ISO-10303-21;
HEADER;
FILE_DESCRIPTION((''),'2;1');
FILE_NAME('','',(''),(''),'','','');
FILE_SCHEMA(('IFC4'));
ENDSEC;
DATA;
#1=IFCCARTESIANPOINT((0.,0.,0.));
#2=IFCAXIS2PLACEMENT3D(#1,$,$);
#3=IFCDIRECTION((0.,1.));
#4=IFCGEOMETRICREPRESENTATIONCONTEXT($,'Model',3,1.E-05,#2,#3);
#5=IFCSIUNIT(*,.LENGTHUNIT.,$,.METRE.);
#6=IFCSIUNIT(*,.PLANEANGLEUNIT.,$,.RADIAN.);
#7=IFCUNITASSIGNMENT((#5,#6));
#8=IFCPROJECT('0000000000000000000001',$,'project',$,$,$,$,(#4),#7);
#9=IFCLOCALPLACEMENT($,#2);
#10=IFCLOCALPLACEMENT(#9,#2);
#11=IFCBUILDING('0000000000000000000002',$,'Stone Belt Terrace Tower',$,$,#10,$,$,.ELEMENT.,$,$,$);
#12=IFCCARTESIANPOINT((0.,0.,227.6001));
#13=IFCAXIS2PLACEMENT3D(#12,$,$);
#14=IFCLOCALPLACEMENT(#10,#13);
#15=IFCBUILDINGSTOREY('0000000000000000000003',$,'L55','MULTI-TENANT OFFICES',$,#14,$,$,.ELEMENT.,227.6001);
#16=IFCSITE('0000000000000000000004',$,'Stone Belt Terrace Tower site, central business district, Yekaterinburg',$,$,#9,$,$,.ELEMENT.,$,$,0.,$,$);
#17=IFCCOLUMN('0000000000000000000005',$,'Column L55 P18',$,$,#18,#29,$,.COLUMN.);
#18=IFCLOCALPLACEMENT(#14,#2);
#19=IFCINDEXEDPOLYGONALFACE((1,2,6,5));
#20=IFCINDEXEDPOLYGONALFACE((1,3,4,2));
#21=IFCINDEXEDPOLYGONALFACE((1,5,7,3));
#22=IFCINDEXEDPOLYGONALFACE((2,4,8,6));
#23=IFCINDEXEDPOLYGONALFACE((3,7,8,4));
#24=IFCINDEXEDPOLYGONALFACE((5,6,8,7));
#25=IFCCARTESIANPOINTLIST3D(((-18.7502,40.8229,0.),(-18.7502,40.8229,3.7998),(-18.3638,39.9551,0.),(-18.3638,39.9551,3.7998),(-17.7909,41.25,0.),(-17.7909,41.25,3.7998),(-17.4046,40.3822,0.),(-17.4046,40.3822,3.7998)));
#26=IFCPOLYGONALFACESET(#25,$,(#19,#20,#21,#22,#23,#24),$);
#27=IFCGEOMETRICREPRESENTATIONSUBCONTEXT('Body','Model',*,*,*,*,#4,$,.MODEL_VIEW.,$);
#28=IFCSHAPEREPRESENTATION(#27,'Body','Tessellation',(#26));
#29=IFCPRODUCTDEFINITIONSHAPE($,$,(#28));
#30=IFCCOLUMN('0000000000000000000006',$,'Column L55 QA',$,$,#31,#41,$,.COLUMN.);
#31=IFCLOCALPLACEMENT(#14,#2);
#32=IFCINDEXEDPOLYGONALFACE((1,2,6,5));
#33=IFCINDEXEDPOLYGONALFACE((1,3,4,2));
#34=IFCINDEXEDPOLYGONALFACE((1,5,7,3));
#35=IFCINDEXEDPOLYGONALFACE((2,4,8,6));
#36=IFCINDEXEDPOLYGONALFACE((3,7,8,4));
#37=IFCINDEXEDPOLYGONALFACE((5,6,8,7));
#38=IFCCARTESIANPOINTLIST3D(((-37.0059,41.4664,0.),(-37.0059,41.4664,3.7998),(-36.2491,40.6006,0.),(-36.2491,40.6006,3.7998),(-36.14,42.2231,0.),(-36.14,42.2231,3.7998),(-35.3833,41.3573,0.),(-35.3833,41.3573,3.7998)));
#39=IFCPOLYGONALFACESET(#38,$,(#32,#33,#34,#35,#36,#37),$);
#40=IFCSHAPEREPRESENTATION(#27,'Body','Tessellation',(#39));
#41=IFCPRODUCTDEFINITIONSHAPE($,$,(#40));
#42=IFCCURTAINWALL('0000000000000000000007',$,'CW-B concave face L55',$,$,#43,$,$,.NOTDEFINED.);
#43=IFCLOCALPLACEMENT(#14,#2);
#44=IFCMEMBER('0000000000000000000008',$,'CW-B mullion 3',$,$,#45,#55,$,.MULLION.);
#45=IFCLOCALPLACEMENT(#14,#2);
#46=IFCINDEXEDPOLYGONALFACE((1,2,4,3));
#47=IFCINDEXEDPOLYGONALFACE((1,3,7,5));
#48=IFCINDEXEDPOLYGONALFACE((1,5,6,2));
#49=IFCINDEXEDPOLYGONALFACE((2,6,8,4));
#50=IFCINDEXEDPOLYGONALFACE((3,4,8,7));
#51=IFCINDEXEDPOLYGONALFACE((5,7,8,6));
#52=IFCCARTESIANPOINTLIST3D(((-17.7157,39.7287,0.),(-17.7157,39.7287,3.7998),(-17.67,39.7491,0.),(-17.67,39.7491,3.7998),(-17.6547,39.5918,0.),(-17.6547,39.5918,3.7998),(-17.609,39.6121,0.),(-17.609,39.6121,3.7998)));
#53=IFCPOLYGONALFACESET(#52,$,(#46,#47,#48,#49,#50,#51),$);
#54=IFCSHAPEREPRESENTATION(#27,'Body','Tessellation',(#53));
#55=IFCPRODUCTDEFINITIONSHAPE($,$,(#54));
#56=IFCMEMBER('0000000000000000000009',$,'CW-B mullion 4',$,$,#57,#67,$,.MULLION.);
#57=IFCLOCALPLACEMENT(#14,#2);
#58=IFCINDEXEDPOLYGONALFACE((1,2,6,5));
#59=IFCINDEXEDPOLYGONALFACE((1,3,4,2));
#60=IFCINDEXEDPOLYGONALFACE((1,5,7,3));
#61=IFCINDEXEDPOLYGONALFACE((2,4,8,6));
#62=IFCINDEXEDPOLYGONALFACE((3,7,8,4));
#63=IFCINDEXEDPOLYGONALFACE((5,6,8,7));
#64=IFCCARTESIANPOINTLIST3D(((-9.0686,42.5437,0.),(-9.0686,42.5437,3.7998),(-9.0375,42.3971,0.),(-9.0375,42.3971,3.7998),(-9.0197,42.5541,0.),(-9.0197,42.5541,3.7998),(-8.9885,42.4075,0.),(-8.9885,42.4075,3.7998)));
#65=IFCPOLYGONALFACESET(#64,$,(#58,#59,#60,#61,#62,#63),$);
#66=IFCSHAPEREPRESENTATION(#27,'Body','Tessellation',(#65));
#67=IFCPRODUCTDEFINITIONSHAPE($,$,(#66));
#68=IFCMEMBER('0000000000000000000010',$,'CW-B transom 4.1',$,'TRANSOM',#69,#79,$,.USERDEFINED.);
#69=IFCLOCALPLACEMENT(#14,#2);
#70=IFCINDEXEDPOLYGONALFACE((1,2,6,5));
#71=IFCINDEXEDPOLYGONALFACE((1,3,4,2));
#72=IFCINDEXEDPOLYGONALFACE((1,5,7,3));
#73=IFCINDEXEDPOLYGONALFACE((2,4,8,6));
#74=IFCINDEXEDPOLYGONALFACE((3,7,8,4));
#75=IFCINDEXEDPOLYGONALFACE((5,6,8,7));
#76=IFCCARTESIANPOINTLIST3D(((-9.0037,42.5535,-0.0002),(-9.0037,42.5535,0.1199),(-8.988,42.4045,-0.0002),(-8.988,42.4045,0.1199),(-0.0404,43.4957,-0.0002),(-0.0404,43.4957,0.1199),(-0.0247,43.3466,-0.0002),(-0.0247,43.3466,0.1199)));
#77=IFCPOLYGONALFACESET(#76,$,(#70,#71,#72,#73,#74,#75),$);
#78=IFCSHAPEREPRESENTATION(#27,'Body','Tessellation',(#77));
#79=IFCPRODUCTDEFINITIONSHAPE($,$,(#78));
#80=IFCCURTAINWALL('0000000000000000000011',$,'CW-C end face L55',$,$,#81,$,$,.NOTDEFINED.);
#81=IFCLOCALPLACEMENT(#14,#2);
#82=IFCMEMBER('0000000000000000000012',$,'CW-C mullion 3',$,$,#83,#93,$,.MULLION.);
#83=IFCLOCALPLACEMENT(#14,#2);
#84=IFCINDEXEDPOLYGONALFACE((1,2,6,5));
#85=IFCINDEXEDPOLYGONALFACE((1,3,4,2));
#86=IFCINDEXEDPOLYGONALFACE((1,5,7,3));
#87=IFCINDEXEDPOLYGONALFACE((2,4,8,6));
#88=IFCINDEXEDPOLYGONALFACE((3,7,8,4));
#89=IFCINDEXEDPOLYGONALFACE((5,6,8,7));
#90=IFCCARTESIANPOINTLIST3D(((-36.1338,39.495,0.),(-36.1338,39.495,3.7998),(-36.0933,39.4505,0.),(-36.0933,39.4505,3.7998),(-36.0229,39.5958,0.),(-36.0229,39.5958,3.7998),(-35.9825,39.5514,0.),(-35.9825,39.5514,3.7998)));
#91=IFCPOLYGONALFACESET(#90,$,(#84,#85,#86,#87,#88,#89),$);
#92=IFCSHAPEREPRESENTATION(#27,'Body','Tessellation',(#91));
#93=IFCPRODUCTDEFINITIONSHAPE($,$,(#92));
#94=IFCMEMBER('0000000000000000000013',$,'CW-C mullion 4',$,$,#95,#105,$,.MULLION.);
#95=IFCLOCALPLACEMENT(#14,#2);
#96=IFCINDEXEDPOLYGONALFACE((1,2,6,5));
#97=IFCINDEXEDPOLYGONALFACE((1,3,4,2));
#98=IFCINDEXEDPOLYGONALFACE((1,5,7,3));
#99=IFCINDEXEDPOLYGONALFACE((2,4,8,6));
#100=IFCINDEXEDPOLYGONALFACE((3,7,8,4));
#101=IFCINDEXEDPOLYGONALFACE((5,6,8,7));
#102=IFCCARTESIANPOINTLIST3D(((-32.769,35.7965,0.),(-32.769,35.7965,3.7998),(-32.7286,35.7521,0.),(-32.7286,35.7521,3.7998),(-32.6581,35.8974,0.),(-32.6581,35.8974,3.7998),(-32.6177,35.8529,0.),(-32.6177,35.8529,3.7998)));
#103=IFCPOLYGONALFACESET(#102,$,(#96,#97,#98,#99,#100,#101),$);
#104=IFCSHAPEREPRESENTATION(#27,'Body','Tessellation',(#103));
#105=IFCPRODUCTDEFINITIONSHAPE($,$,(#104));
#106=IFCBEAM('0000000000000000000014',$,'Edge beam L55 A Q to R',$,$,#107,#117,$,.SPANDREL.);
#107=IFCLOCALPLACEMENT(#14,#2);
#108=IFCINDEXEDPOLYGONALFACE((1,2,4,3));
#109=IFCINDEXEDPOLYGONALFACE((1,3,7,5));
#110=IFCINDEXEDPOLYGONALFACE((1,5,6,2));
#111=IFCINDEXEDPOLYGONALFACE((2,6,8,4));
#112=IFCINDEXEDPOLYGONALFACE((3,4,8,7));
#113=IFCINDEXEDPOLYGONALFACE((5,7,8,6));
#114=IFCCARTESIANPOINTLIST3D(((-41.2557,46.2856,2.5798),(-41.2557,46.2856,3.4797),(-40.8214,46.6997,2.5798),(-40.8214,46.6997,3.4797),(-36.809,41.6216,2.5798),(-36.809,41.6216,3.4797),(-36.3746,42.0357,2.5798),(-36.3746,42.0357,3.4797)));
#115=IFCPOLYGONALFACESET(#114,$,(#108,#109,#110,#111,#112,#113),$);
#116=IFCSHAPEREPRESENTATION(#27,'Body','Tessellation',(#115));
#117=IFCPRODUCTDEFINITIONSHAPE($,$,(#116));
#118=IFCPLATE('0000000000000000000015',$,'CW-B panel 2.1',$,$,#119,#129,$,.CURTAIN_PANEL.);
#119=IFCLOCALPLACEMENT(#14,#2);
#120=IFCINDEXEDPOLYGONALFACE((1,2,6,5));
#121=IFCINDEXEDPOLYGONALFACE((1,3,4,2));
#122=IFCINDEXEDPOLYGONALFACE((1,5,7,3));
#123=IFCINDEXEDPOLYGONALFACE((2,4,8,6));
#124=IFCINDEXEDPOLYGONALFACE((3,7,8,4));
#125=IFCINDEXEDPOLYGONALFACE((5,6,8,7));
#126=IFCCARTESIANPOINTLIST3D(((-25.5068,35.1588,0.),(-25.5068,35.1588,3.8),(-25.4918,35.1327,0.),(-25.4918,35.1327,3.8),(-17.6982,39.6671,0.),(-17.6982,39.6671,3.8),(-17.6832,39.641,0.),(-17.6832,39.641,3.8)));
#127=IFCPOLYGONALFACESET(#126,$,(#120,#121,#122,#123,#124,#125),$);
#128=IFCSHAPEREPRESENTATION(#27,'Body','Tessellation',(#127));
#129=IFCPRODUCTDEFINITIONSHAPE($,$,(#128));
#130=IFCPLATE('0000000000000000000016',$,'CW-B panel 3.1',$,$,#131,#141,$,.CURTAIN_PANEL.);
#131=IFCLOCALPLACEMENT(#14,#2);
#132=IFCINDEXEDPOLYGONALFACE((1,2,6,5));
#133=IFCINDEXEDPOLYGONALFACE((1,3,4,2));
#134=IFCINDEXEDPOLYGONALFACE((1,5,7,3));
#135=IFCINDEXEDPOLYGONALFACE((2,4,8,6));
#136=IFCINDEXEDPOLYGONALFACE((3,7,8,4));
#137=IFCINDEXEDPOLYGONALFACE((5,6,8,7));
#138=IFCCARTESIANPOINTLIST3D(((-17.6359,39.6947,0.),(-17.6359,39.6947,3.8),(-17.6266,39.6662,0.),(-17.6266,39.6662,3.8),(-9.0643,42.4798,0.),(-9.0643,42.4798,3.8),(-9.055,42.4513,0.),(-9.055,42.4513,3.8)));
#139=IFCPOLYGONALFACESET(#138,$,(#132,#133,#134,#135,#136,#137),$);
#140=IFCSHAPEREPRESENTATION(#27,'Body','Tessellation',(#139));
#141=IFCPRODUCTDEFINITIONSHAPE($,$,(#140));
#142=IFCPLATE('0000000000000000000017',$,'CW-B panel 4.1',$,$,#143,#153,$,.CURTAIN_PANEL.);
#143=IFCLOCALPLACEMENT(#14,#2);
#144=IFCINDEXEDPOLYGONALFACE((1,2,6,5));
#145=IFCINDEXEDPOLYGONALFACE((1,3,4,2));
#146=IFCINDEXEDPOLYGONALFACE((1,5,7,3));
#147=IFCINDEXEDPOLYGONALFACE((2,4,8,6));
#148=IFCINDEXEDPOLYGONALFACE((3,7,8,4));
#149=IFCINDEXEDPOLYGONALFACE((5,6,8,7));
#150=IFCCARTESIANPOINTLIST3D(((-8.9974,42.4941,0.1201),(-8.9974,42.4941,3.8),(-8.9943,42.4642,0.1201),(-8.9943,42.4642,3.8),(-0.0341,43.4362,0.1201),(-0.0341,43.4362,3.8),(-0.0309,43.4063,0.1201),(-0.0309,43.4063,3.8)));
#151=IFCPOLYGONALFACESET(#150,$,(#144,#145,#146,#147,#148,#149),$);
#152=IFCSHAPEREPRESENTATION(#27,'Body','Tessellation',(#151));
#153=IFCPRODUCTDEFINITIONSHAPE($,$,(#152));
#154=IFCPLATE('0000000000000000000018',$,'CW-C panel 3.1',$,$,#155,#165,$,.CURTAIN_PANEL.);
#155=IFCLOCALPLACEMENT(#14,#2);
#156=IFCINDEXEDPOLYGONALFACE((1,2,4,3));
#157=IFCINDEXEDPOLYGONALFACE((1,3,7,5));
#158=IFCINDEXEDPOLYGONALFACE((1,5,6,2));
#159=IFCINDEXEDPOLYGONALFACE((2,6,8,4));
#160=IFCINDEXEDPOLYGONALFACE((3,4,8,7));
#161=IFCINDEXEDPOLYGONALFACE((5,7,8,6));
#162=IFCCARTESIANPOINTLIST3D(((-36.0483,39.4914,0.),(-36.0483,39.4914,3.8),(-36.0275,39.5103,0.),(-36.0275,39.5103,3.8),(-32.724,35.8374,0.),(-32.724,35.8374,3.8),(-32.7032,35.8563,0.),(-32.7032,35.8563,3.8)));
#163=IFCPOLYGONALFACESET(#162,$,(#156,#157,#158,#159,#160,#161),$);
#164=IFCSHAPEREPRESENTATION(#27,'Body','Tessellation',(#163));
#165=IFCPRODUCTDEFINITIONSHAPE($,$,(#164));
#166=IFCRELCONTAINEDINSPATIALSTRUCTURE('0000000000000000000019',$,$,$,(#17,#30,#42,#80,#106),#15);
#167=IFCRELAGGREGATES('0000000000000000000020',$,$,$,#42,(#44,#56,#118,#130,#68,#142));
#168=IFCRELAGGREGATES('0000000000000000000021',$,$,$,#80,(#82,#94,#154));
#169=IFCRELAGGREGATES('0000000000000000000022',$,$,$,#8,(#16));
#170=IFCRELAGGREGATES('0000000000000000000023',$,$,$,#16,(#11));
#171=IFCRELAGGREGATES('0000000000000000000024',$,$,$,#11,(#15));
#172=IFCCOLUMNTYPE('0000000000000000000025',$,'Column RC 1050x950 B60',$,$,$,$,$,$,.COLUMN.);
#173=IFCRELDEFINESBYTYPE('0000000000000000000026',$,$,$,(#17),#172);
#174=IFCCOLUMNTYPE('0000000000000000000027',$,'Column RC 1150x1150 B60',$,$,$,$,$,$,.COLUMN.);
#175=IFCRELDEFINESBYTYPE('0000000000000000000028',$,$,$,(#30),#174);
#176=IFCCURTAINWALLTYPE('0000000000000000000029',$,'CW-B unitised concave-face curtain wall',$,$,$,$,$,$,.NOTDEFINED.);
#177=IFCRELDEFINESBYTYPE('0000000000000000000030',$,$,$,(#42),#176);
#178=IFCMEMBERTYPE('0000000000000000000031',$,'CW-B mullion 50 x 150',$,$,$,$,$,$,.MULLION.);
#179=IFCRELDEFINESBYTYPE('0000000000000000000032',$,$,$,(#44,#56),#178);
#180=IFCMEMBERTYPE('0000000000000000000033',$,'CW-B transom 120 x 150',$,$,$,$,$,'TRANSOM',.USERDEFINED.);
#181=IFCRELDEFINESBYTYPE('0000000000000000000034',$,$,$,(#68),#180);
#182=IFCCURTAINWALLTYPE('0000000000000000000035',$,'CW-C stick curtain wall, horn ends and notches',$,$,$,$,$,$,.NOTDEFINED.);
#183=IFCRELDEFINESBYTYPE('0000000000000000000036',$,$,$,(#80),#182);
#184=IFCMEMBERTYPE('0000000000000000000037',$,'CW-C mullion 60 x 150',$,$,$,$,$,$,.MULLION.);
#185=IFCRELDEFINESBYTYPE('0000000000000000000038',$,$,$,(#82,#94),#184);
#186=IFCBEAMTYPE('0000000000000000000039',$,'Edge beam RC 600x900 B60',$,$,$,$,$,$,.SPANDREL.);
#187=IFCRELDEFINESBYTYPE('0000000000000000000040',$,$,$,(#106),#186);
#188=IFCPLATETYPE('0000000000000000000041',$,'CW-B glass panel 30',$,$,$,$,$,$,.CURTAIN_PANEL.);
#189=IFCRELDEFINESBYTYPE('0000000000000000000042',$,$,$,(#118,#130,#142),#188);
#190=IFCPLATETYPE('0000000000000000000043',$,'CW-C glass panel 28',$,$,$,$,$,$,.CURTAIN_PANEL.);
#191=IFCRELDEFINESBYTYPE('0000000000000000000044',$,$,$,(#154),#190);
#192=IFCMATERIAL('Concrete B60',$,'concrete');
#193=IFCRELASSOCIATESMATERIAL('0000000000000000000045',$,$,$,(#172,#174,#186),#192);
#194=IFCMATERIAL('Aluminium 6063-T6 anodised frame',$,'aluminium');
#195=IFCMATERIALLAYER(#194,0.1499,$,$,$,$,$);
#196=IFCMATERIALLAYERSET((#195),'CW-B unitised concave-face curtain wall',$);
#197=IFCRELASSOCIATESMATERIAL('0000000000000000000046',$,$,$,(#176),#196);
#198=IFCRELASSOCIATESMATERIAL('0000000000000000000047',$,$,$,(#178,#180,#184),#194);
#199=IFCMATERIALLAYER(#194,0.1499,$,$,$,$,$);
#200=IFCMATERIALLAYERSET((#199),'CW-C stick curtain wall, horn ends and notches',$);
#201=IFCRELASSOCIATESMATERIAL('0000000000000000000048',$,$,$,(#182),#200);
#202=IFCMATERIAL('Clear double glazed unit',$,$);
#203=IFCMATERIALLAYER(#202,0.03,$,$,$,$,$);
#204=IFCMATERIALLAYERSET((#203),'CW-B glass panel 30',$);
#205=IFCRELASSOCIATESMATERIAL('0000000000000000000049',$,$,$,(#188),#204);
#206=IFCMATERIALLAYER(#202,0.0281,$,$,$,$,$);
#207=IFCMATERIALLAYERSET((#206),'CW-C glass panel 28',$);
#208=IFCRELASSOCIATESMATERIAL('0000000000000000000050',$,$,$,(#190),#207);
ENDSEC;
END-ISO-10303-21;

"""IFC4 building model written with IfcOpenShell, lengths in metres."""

from ifc_helpers import new_model, si_unit, direction, frame, origin, origin_2d, place, context, subcontext, project, spatial, rectangle, extrude, material, layer, layer_set, material_profile, profile_set, type_object, element, aggregate, save


model = new_model("IFC4")

# Units and contexts
model_context = context("Model", 3, precision=1e-05, world=origin(), true_north=direction((0.0, 1.0)))
body_context = subcontext(model_context, "Body", "Model", "MODEL_VIEW")
ifc_project = project(units=[si_unit("LENGTHUNIT", "METRE"), si_unit("PLANEANGLEUNIT", "RADIAN")], contexts=[model_context])

# Site, building, storey
site_placement = place(None, origin())
site = spatial("IfcSite", under=ifc_project, at=site_placement, Name="Stone Belt Terrace Tower site, central business district, Yekaterinburg", CompositionType="ELEMENT", RefElevation=0.0)
building_placement = place(site_placement, origin())
building = spatial("IfcBuilding", under=site, at=building_placement, Name="Stone Belt Terrace Tower", CompositionType="ELEMENT")
storey_placement = place(building_placement, frame((0.0, 0.0, 227.6001)))
storey = spatial("IfcBuildingStorey", under=building, at=storey_placement, Name="L55", Description="MULTI-TENANT OFFICES", CompositionType="ELEMENT", Elevation=227.6001)

# Columns
ifc_material_1 = material(Name="Concrete B60", Category="concrete")
ifc_material_profile_1 = material_profile(ifc_material_1, rectangle(XDim=1.05, YDim=0.95, at=origin_2d()), Name="RC 1050x950")
ifc_profile_set_1 = profile_set([ifc_material_profile_1], Name="Concrete B60")
column_type_1 = type_object("IfcColumnType", Name="Column RC 1050x950 B60", PredefinedType="COLUMN", material=ifc_profile_set_1)
column_1_placement = place(storey_placement, frame((-18.0774, 40.6025, 0.0), z_axis=(0.0, 0.0, 1.0), x_axis=(0.913545, 0.406737, 0.0)))
element("IfcColumn", 1, at=column_1_placement, inside=storey, type_object=column_type_1, Name="Column L55 P18", PredefinedType="COLUMN", context=body_context, shape_type="SweptSolid", body=[
    extrude(rectangle(XDim=1.05, YDim=0.95, at=origin_2d()), origin(), (0.0, 0.0, 1.0), 3.7998),
])
ifc_material_profile_2 = material_profile(ifc_material_1, rectangle(XDim=1.1499, YDim=1.1499, at=origin_2d()), Name="RC 1150x1150")
ifc_profile_set_2 = profile_set([ifc_material_profile_2], Name="Concrete B60")
column_type_2 = type_object("IfcColumnType", Name="Column RC 1150x1150 B60", PredefinedType="COLUMN", material=ifc_profile_set_2)
column_2_placement = place(storey_placement, frame((-36.1946, 41.4119, 0.0), z_axis=(0.0, 0.0, 1.0), x_axis=(0.752943, 0.658085, 0.0)))
element("IfcColumn", 2, at=column_2_placement, inside=storey, type_object=column_type_2, Name="Column L55 QA", PredefinedType="COLUMN", context=body_context, shape_type="SweptSolid", body=[
    extrude(rectangle(XDim=1.1499, YDim=1.1499, at=origin_2d()), origin(), (0.0, 0.0, 1.0), 3.7998),
])

# Curtain walls, members
ifc_material_2 = material(Name="Aluminium 6063-T6 anodised frame", Category="aluminium")
ifc_layer_1 = layer(ifc_material_2, 0.1499)
ifc_layer_set_1 = layer_set([ifc_layer_1], Name="CW-B unitised concave-face curtain wall")
curtain_wall_type_1 = type_object("IfcCurtainWallType", Name="CW-B unitised concave-face curtain wall", PredefinedType="NOTDEFINED", material=ifc_layer_set_1)
curtain_wall_1_placement = place(storey_placement, origin())
curtain_wall_1 = element("IfcCurtainWall", 3, at=curtain_wall_1_placement, inside=storey, type_object=curtain_wall_type_1, Name="CW-B concave face L55", PredefinedType="NOTDEFINED")
ifc_material_profile_3 = material_profile(ifc_material_2, rectangle(XDim=0.1499, YDim=0.05, at=origin_2d()), Name="Aluminium 6063-T6 50x150")
ifc_profile_set_3 = profile_set([ifc_material_profile_3], Name="Aluminium 6063-T6 anodised frame")
member_type_1 = type_object("IfcMemberType", Name="CW-B mullion 50 x 150", PredefinedType="MULLION", material=ifc_profile_set_3)
member_1_placement = place(storey_placement, frame((-17.6624, 39.6704, 0.0), z_axis=(0.0, 0.0, 1.0), x_axis=(-0.406737, 0.913545, 0.0)))
member_1 = element("IfcMember", 4, at=member_1_placement, type_object=member_type_1, Name="CW-B mullion 3", PredefinedType="MULLION", context=body_context, shape_type="SweptSolid", body=[
    extrude(rectangle(XDim=0.1499, YDim=0.05, at=origin_2d()), origin(), (0.0, 0.0, 1.0), 3.7998),
])
member_2_placement = place(storey_placement, frame((-9.0286, 42.4756, 0.0), z_axis=(0.0, 0.0, 1.0), x_axis=(-0.207912, 0.978148, 0.0)))
member_2 = element("IfcMember", 5, at=member_2_placement, type_object=member_type_1, Name="CW-B mullion 4", PredefinedType="MULLION", context=body_context, shape_type="SweptSolid", body=[
    extrude(rectangle(XDim=0.1499, YDim=0.05, at=origin_2d()), origin(), (0.0, 0.0, 1.0), 3.7998),
])
ifc_material_profile_4 = material_profile(ifc_material_2, rectangle(XDim=0.1499, YDim=0.1201, at=origin_2d()), Name="Aluminium 6063-T6 150x120")
ifc_profile_set_4 = profile_set([ifc_material_profile_4], Name="Aluminium 6063-T6 anodised frame")
member_type_2 = type_object("IfcMemberType", Name="CW-B transom 120 x 150", ElementType="TRANSOM", PredefinedType="USERDEFINED", material=ifc_profile_set_4)
member_3_placement = place(storey_placement, frame((-8.9958, 42.479, 0.0598), z_axis=(0.994521, 0.104534, 0.0), x_axis=(-0.104534, 0.994521, 0.0)))
member_3 = element("IfcMember", 6, at=member_3_placement, type_object=member_type_2, Name="CW-B transom 4.1", ObjectType="TRANSOM", PredefinedType="USERDEFINED", context=body_context, shape_type="SweptSolid", body=[
    extrude(rectangle(XDim=0.1499, YDim=0.1201, at=origin_2d()), origin(), (0.0, 0.0, 1.0), 9.0127),
])
ifc_layer_2 = layer(ifc_material_2, 0.1499)
ifc_layer_set_2 = layer_set([ifc_layer_2], Name="CW-C stick curtain wall, horn ends and notches")
curtain_wall_type_2 = type_object("IfcCurtainWallType", Name="CW-C stick curtain wall, horn ends and notches", PredefinedType="NOTDEFINED", material=ifc_layer_set_2)
curtain_wall_2_placement = place(storey_placement, origin())
curtain_wall_2 = element("IfcCurtainWall", 7, at=curtain_wall_2_placement, inside=storey, type_object=curtain_wall_type_2, Name="CW-C end face L55", PredefinedType="NOTDEFINED")
ifc_material_profile_5 = material_profile(ifc_material_2, rectangle(XDim=0.1499, YDim=0.0601, at=origin_2d()), Name="Aluminium 6063-T6 60x150")
ifc_profile_set_5 = profile_set([ifc_material_profile_5], Name="Aluminium 6063-T6 anodised frame")
member_type_3 = type_object("IfcMemberType", Name="CW-C mullion 60 x 150", PredefinedType="MULLION", material=ifc_profile_set_5)
member_4_placement = place(storey_placement, frame((-36.0581, 39.5232, 0.0), z_axis=(0.0, 0.0, 1.0), x_axis=(0.739693, 0.672944, 0.0)))
member_4 = element("IfcMember", 8, at=member_4_placement, type_object=member_type_3, Name="CW-C mullion 3", PredefinedType="MULLION", context=body_context, shape_type="SweptSolid", body=[
    extrude(rectangle(XDim=0.1499, YDim=0.0601, at=origin_2d()), origin(), (0.0, 0.0, 1.0), 3.7998),
])
member_5_placement = place(storey_placement, frame((-32.6934, 35.8247, 0.0), z_axis=(0.0, 0.0, 1.0), x_axis=(0.739693, 0.672944, 0.0)))
member_5 = element("IfcMember", 9, at=member_5_placement, type_object=member_type_3, Name="CW-C mullion 4", PredefinedType="MULLION", context=body_context, shape_type="SweptSolid", body=[
    extrude(rectangle(XDim=0.1499, YDim=0.0601, at=origin_2d()), origin(), (0.0, 0.0, 1.0), 3.7998),
])

# Beam
ifc_material_profile_6 = material_profile(ifc_material_1, rectangle(XDim=0.6001, YDim=0.8999, at=origin_2d()), Name="RC 600x900")
ifc_profile_set_6 = profile_set([ifc_material_profile_6], Name="Concrete B60")
beam_type = type_object("IfcBeamType", Name="Edge beam RC 600x900 B60", PredefinedType="SPANDREL", material=ifc_profile_set_6)
beam_placement = place(storey_placement, frame((-36.5918, 41.8286, 3.0298), z_axis=(-0.690047, 0.723765, 0.0), x_axis=(-0.723765, -0.690047, 0.0)))
element("IfcBeam", 10, at=beam_placement, inside=storey, type_object=beam_type, Name="Edge beam L55 A Q to R", PredefinedType="SPANDREL", context=body_context, shape_type="SweptSolid", body=[
    extrude(rectangle(XDim=0.6001, YDim=0.8999, at=origin_2d()), origin(), (0.0, 0.0, 1.0), 6.4441),
])

# Plates
ifc_material_3 = material(Name="Clear double glazed unit")
ifc_layer_3 = layer(ifc_material_3, 0.03)
ifc_layer_set_3 = layer_set([ifc_layer_3], Name="CW-B glass panel 30")
plate_type_1 = type_object("IfcPlateType", Name="CW-B glass panel 30", PredefinedType="CURTAIN_PANEL", material=ifc_layer_set_3)
plate_1_placement = place(storey_placement, frame((-21.595, 37.3999, 0.0), z_axis=(0.0, 0.0, 1.0), x_axis=(0.866025, 0.5, 0.0)))
plate_1 = element("IfcPlate", 11, at=plate_1_placement, type_object=plate_type_1, Name="CW-B panel 2.1", PredefinedType="CURTAIN_PANEL", context=body_context, shape_type="SweptSolid", body=[
    extrude(rectangle(XDim=9.0166, YDim=0.03, at=origin_2d()), origin(), (0.0, 0.0, 1.0), 3.8),
])
plate_2_placement = place(storey_placement, frame((-13.3455, 41.073, 0.0), z_axis=(0.0, 0.0, 1.0), x_axis=(0.951057, 0.309017, 0.0)))
plate_2 = element("IfcPlate", 12, at=plate_2_placement, type_object=plate_type_1, Name="CW-B panel 3.1", PredefinedType="CURTAIN_PANEL", context=body_context, shape_type="SweptSolid", body=[
    extrude(rectangle(XDim=9.0127, YDim=0.03, at=origin_2d()), origin(), (0.0, 0.0, 1.0), 3.8),
])
plate_3_placement = place(storey_placement, frame((-4.5142, 42.9502, 0.1201), z_axis=(0.0, 0.0, 1.0), x_axis=(0.994522, 0.104528, 0.0)))
plate_3 = element("IfcPlate", 13, at=plate_3_placement, type_object=plate_type_1, Name="CW-B panel 4.1", PredefinedType="CURTAIN_PANEL", context=body_context, shape_type="SweptSolid", body=[
    extrude(rectangle(XDim=9.0127, YDim=0.03, at=origin_2d()), origin(), (0.0, 0.0, 1.0), 3.6799),
])
aggregate(curtain_wall_1, [member_1, member_2, plate_1, plate_2, member_3, plate_3])
ifc_layer_4 = layer(ifc_material_3, 0.0281)
ifc_layer_set_4 = layer_set([ifc_layer_4], Name="CW-C glass panel 28")
plate_type_2 = type_object("IfcPlateType", Name="CW-C glass panel 28", PredefinedType="CURTAIN_PANEL", material=ifc_layer_set_4)
plate_4_placement = place(storey_placement, frame((-34.3757, 37.6738, 0.0), z_axis=(0.0, 0.0, 1.0), x_axis=(0.672944, -0.739693, 0.0)))
plate_4 = element("IfcPlate", 14, at=plate_4_placement, type_object=plate_type_2, Name="CW-C panel 3.1", PredefinedType="CURTAIN_PANEL", context=body_context, shape_type="SweptSolid", body=[
    extrude(rectangle(XDim=4.9399, YDim=0.0281, at=origin_2d()), origin(), (0.0, 0.0, 1.0), 3.8),
])
aggregate(curtain_wall_2, [member_4, member_5, plate_4])

save(model, "model.ifc")
